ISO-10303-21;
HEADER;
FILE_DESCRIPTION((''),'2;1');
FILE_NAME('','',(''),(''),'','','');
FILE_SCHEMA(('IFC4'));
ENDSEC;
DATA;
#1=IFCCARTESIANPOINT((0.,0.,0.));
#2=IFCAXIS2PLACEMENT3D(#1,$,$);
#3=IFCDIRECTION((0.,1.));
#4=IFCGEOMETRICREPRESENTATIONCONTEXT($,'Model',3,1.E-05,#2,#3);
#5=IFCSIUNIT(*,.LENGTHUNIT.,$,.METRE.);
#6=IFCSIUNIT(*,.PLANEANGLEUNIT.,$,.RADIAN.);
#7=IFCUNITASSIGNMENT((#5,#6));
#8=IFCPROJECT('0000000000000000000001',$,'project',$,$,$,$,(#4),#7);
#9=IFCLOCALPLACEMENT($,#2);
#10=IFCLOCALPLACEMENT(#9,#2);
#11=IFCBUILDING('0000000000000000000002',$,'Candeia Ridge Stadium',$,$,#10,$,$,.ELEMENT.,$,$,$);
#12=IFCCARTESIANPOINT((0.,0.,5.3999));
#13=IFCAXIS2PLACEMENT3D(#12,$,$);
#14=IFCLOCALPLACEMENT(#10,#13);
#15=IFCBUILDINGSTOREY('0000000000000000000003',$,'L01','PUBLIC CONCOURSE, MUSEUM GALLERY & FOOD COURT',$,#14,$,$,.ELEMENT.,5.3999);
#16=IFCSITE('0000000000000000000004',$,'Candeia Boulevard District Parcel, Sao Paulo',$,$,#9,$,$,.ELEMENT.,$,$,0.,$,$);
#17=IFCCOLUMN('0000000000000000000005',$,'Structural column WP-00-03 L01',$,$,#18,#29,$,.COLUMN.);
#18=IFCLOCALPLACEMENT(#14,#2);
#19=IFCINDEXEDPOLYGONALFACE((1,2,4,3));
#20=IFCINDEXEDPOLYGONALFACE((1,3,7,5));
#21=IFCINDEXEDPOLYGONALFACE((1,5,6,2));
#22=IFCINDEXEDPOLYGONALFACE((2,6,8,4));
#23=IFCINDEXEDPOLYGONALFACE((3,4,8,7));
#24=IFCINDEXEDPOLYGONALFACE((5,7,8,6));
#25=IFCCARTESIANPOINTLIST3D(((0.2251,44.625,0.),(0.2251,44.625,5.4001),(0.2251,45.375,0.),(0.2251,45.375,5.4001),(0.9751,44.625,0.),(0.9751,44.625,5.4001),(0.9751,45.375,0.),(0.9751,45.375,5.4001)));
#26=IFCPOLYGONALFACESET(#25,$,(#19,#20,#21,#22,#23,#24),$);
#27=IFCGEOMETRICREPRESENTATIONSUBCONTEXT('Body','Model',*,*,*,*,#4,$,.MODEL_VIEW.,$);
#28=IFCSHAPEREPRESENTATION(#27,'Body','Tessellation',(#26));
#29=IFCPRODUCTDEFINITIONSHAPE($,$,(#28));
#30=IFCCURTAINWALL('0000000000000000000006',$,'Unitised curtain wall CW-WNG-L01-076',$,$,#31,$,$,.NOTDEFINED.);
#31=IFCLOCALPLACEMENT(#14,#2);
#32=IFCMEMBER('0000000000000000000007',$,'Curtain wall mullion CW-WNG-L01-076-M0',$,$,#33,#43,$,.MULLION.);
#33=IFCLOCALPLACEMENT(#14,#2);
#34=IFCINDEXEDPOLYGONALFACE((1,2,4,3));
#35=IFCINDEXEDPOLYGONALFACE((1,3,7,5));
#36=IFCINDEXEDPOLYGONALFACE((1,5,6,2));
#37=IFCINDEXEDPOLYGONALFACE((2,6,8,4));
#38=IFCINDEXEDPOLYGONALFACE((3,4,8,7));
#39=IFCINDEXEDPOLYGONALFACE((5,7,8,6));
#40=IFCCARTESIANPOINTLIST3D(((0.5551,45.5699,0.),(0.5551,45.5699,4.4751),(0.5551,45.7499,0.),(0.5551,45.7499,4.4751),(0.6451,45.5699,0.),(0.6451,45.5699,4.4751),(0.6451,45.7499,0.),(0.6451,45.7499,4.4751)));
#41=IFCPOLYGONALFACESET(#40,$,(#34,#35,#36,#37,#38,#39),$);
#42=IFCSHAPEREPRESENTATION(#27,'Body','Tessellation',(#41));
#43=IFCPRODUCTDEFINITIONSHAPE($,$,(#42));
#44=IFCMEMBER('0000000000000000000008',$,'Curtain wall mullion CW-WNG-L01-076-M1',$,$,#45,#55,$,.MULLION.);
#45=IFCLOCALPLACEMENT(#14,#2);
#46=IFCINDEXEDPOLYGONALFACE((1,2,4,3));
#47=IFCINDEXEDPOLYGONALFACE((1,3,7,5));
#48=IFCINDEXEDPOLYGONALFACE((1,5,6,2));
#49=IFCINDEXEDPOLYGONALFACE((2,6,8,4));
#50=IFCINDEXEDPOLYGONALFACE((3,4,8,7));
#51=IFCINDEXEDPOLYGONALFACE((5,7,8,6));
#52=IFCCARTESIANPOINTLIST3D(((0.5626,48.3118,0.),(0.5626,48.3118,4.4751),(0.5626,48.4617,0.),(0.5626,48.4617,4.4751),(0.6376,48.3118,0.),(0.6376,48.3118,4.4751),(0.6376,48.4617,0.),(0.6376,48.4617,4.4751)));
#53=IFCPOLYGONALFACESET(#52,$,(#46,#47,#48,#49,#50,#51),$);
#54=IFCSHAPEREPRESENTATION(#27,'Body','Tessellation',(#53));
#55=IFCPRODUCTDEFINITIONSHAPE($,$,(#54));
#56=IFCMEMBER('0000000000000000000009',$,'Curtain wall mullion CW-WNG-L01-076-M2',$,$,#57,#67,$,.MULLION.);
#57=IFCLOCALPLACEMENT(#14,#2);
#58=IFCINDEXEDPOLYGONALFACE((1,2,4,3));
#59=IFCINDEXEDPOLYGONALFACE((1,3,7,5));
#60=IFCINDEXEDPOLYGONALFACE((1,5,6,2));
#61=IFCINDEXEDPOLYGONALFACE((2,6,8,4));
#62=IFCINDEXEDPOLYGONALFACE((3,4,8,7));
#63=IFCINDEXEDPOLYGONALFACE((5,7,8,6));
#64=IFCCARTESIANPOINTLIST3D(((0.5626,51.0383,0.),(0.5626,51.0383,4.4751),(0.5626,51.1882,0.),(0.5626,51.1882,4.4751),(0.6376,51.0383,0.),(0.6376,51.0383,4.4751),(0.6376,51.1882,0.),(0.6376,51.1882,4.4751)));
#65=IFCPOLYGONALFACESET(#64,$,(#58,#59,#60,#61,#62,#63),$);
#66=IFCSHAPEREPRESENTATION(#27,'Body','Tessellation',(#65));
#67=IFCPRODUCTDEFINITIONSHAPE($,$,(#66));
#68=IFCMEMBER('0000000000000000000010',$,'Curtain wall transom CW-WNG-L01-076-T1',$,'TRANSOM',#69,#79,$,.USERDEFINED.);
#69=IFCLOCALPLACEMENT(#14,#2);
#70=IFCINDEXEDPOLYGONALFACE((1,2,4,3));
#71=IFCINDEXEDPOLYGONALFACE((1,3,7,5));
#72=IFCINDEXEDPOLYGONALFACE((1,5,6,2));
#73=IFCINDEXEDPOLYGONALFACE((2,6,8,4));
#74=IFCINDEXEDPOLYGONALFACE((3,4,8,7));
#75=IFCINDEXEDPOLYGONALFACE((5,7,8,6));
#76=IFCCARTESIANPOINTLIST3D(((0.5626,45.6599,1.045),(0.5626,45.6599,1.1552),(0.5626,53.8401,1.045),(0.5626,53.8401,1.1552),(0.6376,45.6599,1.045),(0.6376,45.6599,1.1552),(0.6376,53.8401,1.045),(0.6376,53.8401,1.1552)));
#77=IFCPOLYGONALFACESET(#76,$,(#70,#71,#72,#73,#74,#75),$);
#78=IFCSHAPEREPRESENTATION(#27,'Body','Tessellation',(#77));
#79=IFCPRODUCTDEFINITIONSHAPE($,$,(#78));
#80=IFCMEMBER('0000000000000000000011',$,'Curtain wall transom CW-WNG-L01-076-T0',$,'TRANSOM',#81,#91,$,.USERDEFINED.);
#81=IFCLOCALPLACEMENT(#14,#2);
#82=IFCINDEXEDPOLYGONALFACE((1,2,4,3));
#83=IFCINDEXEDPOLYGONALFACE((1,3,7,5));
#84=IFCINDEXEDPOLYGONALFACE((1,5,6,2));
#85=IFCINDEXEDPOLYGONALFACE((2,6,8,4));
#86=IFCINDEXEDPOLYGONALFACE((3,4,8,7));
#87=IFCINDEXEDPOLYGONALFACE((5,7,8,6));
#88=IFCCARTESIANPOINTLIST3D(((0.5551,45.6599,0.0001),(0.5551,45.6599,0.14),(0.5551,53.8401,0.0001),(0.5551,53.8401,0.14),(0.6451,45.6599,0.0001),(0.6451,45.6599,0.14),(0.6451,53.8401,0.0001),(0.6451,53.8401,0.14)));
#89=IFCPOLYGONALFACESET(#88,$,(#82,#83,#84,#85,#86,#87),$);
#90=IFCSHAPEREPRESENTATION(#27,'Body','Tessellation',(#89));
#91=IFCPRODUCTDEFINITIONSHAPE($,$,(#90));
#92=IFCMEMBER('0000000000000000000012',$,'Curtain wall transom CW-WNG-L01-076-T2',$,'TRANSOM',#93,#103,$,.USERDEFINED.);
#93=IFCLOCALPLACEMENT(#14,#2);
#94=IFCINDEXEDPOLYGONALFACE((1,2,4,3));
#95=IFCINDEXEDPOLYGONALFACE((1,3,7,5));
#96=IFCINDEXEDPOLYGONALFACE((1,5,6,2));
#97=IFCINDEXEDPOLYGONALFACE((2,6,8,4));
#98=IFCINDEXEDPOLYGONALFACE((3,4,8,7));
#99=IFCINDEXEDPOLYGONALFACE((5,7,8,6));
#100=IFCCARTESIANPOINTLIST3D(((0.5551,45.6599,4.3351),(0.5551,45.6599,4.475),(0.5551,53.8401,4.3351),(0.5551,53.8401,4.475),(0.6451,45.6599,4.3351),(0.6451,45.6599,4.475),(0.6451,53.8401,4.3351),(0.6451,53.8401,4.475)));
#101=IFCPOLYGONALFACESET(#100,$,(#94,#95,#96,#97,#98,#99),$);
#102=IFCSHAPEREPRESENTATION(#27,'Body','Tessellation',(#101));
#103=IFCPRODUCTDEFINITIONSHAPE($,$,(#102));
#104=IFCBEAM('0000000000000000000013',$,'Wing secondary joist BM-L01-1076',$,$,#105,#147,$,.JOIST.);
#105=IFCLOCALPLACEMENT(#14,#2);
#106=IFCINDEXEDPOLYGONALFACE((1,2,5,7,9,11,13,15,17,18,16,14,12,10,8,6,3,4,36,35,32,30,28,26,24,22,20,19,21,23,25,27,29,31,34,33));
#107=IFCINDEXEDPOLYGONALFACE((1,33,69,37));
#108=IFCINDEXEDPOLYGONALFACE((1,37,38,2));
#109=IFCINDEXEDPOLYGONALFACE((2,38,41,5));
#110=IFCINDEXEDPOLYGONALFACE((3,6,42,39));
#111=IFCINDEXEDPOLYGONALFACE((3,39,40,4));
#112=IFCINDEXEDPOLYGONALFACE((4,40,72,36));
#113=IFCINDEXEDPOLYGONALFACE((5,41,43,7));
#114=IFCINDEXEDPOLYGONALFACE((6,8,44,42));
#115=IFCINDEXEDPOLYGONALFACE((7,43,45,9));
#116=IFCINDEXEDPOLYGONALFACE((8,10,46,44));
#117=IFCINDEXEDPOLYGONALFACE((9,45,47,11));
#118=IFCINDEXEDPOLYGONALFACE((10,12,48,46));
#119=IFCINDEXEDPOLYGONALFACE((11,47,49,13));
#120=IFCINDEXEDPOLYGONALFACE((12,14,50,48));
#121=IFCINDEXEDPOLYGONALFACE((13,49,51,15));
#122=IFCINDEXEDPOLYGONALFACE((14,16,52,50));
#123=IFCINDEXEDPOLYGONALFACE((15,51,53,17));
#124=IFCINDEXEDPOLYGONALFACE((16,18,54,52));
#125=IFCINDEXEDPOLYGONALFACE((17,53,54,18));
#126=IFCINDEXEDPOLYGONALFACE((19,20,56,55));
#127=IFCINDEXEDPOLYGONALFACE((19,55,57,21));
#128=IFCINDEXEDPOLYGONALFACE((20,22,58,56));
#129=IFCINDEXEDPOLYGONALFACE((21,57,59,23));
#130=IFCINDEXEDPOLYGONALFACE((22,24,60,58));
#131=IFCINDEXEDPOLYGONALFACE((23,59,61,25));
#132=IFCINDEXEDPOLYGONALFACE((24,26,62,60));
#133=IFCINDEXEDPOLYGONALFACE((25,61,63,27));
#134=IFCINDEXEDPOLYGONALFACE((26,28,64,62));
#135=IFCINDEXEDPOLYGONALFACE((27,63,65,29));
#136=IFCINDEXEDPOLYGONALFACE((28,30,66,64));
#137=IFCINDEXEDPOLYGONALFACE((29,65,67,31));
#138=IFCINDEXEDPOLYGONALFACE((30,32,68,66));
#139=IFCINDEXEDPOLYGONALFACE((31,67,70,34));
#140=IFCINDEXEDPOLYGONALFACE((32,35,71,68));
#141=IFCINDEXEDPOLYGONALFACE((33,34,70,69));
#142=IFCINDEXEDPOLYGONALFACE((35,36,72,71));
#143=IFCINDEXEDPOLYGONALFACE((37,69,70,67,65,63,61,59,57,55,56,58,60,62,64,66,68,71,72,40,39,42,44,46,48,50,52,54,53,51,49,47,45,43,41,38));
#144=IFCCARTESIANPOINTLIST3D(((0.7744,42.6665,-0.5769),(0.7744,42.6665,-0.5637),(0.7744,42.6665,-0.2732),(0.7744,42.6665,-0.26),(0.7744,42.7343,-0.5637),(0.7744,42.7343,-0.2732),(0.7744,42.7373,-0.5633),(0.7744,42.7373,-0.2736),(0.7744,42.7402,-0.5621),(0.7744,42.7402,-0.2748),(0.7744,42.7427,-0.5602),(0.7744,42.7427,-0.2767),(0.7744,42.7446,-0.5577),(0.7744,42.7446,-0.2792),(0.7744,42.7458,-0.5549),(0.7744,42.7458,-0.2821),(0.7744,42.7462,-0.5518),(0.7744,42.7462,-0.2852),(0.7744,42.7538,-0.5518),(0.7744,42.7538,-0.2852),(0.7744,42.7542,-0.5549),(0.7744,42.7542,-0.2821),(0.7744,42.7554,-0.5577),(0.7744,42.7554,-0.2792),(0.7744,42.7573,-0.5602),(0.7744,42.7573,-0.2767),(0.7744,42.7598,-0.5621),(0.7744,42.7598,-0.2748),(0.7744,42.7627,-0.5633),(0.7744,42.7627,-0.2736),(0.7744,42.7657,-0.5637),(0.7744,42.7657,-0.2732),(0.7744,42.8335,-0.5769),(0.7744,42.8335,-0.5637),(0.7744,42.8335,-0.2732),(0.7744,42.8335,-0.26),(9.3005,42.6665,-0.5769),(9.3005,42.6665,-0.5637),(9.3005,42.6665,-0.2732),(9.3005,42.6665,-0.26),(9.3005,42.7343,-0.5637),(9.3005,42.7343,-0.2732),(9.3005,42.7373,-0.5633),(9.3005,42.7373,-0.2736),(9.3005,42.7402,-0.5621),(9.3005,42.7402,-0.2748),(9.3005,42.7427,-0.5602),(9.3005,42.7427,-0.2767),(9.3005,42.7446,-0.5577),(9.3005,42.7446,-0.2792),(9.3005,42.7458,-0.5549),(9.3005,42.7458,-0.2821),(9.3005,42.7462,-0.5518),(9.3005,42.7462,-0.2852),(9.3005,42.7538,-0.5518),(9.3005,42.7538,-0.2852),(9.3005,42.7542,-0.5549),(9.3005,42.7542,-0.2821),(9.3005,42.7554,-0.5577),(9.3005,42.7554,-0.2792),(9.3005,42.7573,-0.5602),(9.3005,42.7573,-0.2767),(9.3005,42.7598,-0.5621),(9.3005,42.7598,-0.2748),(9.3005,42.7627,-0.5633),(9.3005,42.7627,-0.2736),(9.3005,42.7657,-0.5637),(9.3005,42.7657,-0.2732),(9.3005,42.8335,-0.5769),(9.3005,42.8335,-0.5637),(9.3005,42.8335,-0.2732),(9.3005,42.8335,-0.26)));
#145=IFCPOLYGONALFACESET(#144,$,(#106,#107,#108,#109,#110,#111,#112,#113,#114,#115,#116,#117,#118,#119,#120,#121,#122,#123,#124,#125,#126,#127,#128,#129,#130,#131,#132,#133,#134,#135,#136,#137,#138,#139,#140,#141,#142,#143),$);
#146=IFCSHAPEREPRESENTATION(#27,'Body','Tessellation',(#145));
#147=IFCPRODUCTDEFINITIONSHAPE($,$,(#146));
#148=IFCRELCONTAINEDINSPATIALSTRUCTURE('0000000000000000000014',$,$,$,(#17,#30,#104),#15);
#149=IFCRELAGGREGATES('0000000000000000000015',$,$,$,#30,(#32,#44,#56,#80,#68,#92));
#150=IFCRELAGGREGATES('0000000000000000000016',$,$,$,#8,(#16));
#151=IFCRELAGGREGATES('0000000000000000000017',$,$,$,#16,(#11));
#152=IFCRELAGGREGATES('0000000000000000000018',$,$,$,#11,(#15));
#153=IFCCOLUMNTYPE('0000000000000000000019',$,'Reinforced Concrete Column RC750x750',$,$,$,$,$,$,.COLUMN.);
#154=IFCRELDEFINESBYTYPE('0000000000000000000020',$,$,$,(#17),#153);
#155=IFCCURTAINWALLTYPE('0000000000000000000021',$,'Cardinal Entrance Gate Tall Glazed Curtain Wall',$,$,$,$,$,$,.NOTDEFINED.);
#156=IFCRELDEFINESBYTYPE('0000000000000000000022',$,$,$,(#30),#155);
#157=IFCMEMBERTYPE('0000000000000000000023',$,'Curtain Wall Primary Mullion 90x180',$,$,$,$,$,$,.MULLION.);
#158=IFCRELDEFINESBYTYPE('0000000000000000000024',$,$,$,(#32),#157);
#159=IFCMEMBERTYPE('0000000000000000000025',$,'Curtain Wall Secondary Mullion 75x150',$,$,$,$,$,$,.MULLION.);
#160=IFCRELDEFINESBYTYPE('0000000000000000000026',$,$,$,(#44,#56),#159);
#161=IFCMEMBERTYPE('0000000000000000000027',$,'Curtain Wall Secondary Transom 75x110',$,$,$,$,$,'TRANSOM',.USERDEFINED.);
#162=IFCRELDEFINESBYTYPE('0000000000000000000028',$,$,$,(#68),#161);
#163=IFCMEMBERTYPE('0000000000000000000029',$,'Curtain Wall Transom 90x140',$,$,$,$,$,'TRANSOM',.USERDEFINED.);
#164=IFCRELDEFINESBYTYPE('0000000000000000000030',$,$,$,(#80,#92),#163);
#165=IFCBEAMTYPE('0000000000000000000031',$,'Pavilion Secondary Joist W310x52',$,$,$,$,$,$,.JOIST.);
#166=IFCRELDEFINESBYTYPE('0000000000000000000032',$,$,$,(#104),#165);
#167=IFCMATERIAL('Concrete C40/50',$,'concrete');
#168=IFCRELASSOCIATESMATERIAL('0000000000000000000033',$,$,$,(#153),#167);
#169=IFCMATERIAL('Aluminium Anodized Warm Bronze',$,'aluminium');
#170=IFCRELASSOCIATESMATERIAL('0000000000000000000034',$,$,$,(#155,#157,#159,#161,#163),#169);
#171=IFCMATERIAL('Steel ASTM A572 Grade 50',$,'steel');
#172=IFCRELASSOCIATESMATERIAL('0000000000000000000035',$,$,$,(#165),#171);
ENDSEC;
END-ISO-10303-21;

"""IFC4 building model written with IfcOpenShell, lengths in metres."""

from ifc_helpers import new_model, si_unit, direction, frame, origin, origin_2d, place, context, subcontext, project, spatial, rectangle, i_section, extrude, material, material_profile, profile_set, type_object, element, aggregate, save


model = new_model("IFC4")

# Units and contexts
model_context = context("Model", 3, precision=1e-05, world=origin(), true_north=direction((0.0, 1.0)))
body_context = subcontext(model_context, "Body", "Model", "MODEL_VIEW")
ifc_project = project(units=[si_unit("LENGTHUNIT", "METRE"), si_unit("PLANEANGLEUNIT", "RADIAN")], contexts=[model_context])

# Site, building, storey
site_placement = place(None, origin())
site = spatial("IfcSite", under=ifc_project, at=site_placement, Name="Candeia Boulevard District Parcel, Sao Paulo", CompositionType="ELEMENT", RefElevation=0.0)
building_placement = place(site_placement, origin())
building = spatial("IfcBuilding", under=site, at=building_placement, Name="Candeia Ridge Stadium", CompositionType="ELEMENT")
storey_placement = place(building_placement, frame((0.0, 0.0, 5.3999)))
storey = spatial("IfcBuildingStorey", under=building, at=storey_placement, Name="L01", Description="PUBLIC CONCOURSE, MUSEUM GALLERY & FOOD COURT", CompositionType="ELEMENT", Elevation=5.3999)

# Column
ifc_material_1 = material(Name="Concrete C40/50", Category="concrete")
ifc_material_profile_1 = material_profile(ifc_material_1, rectangle(XDim=0.75, YDim=0.75, at=origin_2d()), Name="RC750x750", Category="concrete")
ifc_profile_set_1 = profile_set([ifc_material_profile_1], Name="Concrete C40/50")
column_type = type_object("IfcColumnType", Name="Reinforced Concrete Column RC750x750", PredefinedType="COLUMN", material=ifc_profile_set_1)
column_placement = place(storey_placement, frame((0.6001, 45.0, 0.0), z_axis=(0.0, 0.0, 1.0), x_axis=(1.0, 0.0, 0.0)))
element("IfcColumn", 1, at=column_placement, inside=storey, type_object=column_type, Name="Structural column WP-00-03 L01", PredefinedType="COLUMN", context=body_context, shape_type="SweptSolid", body=[
    extrude(rectangle(XDim=0.75, YDim=0.75, at=origin_2d()), origin(), (0.0, 0.0, 1.0), 5.4001),
])

# Curtain wall, members
ifc_material_2 = material(Name="Aluminium Anodized Warm Bronze", Category="aluminium")
curtain_wall_type = type_object("IfcCurtainWallType", Name="Cardinal Entrance Gate Tall Glazed Curtain Wall", PredefinedType="NOTDEFINED", material=ifc_material_2)
curtain_wall_placement = place(storey_placement, origin())
curtain_wall = element("IfcCurtainWall", 2, at=curtain_wall_placement, inside=storey, type_object=curtain_wall_type, Name="Unitised curtain wall CW-WNG-L01-076", PredefinedType="NOTDEFINED")
ifc_material_profile_2 = material_profile(ifc_material_2, rectangle(XDim=0.0901, YDim=0.1799, at=origin_2d()), Name="CWM-90x180", Category="aluminium")
ifc_profile_set_2 = profile_set([ifc_material_profile_2], Name="Aluminium Anodized Warm Bronze")
member_type_1 = type_object("IfcMemberType", Name="Curtain Wall Primary Mullion 90x180", PredefinedType="MULLION", material=ifc_profile_set_2)
member_1_placement = place(storey_placement, frame((0.6001, 45.6599, 0.0), z_axis=(0.0, 0.0, 1.0), x_axis=(1.0, 0.0, 0.0)))
member_1 = element("IfcMember", 3, at=member_1_placement, type_object=member_type_1, Name="Curtain wall mullion CW-WNG-L01-076-M0", PredefinedType="MULLION", context=body_context, shape_type="SweptSolid", body=[
    extrude(rectangle(XDim=0.0901, YDim=0.1799, at=origin_2d()), origin(), (0.0, 0.0, 1.0), 4.4751),
])
ifc_material_profile_3 = material_profile(ifc_material_2, rectangle(XDim=0.075, YDim=0.1499, at=origin_2d()), Name="CWM-75x150", Category="aluminium")
ifc_profile_set_3 = profile_set([ifc_material_profile_3], Name="Aluminium Anodized Warm Bronze")
member_type_2 = type_object("IfcMemberType", Name="Curtain Wall Secondary Mullion 75x150", PredefinedType="MULLION", material=ifc_profile_set_3)
member_2_placement = place(storey_placement, frame((0.6001, 48.3867, 0.0), z_axis=(0.0, 0.0, 1.0), x_axis=(1.0, 0.0, 0.0)))
member_2 = element("IfcMember", 4, at=member_2_placement, type_object=member_type_2, Name="Curtain wall mullion CW-WNG-L01-076-M1", PredefinedType="MULLION", context=body_context, shape_type="SweptSolid", body=[
    extrude(rectangle(XDim=0.075, YDim=0.1499, at=origin_2d()), origin(), (0.0, 0.0, 1.0), 4.4751),
])
member_3_placement = place(storey_placement, frame((0.6001, 51.1133, 0.0), z_axis=(0.0, 0.0, 1.0), x_axis=(1.0, 0.0, 0.0)))
member_3 = element("IfcMember", 5, at=member_3_placement, type_object=member_type_2, Name="Curtain wall mullion CW-WNG-L01-076-M2", PredefinedType="MULLION", context=body_context, shape_type="SweptSolid", body=[
    extrude(rectangle(XDim=0.075, YDim=0.1499, at=origin_2d()), origin(), (0.0, 0.0, 1.0), 4.4751),
])
ifc_material_profile_4 = material_profile(ifc_material_2, rectangle(XDim=0.075, YDim=0.1101, at=origin_2d()), Name="CWT-75x110", Category="aluminium")
ifc_profile_set_4 = profile_set([ifc_material_profile_4], Name="Aluminium Anodized Warm Bronze")
member_type_3 = type_object("IfcMemberType", Name="Curtain Wall Secondary Transom 75x110", ElementType="TRANSOM", PredefinedType="USERDEFINED", material=ifc_profile_set_4)
member_4_placement = place(storey_placement, frame((0.6001, 45.6599, 1.1001), z_axis=(0.0, 1.0, 0.0), x_axis=(-1.0, 0.0, 0.0)))
member_4 = element("IfcMember", 6, at=member_4_placement, type_object=member_type_3, Name="Curtain wall transom CW-WNG-L01-076-T1", ObjectType="TRANSOM", PredefinedType="USERDEFINED", context=body_context, shape_type="SweptSolid", body=[
    extrude(rectangle(XDim=0.075, YDim=0.1101, at=origin_2d()), origin(), (0.0, 0.0, 1.0), 8.1802),
])
ifc_material_profile_5 = material_profile(ifc_material_2, rectangle(XDim=0.0901, YDim=0.1399, at=origin_2d()), Name="CWT-90x140", Category="aluminium")
ifc_profile_set_5 = profile_set([ifc_material_profile_5], Name="Aluminium Anodized Warm Bronze")
member_type_4 = type_object("IfcMemberType", Name="Curtain Wall Transom 90x140", ElementType="TRANSOM", PredefinedType="USERDEFINED", material=ifc_profile_set_5)
member_5_placement = place(storey_placement, frame((0.6001, 45.6599, 0.0701), z_axis=(0.0, 1.0, 0.0), x_axis=(-1.0, 0.0, 0.0)))
member_5 = element("IfcMember", 7, at=member_5_placement, type_object=member_type_4, Name="Curtain wall transom CW-WNG-L01-076-T0", ObjectType="TRANSOM", PredefinedType="USERDEFINED", context=body_context, shape_type="SweptSolid", body=[
    extrude(rectangle(XDim=0.0901, YDim=0.1399, at=origin_2d()), origin(), (0.0, 0.0, 1.0), 8.1802),
])
member_6_placement = place(storey_placement, frame((0.6001, 45.6599, 4.405), z_axis=(0.0, 1.0, 0.0), x_axis=(-1.0, 0.0, 0.0)))
member_6 = element("IfcMember", 8, at=member_6_placement, type_object=member_type_4, Name="Curtain wall transom CW-WNG-L01-076-T2", ObjectType="TRANSOM", PredefinedType="USERDEFINED", context=body_context, shape_type="SweptSolid", body=[
    extrude(rectangle(XDim=0.0901, YDim=0.1399, at=origin_2d()), origin(), (0.0, 0.0, 1.0), 8.1802),
])

# Beam
ifc_material_3 = material(Name="Steel ASTM A572 Grade 50", Category="steel")
ifc_material_profile_6 = material_profile(ifc_material_3, i_section(OverallWidth=0.167, OverallDepth=0.3169, WebThickness=0.0076, FlangeThickness=0.0132, FilletRadius=0.012, at=origin_2d()), Name="W310x52", Category="steel")
ifc_profile_set_6 = profile_set([ifc_material_profile_6], Name="Steel ASTM A572 Grade 50")
beam_type_1 = type_object("IfcBeamType", Name="Pavilion Secondary Joist W310x52", PredefinedType="JOIST", material=ifc_profile_set_6)
beam_1_placement = place(storey_placement, frame((0.7744, 42.75, -0.4185), z_axis=(1.0, 0.0, 0.0), x_axis=(0.0, 1.0, 0.0)))
element("IfcBeam", 9, at=beam_1_placement, inside=storey, type_object=beam_type_1, Name="Wing secondary joist BM-L01-1076", PredefinedType="JOIST", context=body_context, shape_type="SweptSolid", body=[
    extrude(i_section(OverallWidth=0.167, OverallDepth=0.3169, WebThickness=0.0076, FlangeThickness=0.0132, FilletRadius=0.012, at=origin_2d()), origin(), (0.0, 0.0, 1.0), 8.5261),
])

aggregate(curtain_wall, [member_1, member_2, member_3, member_5, member_4, member_6])

save(model, "model.ifc")
